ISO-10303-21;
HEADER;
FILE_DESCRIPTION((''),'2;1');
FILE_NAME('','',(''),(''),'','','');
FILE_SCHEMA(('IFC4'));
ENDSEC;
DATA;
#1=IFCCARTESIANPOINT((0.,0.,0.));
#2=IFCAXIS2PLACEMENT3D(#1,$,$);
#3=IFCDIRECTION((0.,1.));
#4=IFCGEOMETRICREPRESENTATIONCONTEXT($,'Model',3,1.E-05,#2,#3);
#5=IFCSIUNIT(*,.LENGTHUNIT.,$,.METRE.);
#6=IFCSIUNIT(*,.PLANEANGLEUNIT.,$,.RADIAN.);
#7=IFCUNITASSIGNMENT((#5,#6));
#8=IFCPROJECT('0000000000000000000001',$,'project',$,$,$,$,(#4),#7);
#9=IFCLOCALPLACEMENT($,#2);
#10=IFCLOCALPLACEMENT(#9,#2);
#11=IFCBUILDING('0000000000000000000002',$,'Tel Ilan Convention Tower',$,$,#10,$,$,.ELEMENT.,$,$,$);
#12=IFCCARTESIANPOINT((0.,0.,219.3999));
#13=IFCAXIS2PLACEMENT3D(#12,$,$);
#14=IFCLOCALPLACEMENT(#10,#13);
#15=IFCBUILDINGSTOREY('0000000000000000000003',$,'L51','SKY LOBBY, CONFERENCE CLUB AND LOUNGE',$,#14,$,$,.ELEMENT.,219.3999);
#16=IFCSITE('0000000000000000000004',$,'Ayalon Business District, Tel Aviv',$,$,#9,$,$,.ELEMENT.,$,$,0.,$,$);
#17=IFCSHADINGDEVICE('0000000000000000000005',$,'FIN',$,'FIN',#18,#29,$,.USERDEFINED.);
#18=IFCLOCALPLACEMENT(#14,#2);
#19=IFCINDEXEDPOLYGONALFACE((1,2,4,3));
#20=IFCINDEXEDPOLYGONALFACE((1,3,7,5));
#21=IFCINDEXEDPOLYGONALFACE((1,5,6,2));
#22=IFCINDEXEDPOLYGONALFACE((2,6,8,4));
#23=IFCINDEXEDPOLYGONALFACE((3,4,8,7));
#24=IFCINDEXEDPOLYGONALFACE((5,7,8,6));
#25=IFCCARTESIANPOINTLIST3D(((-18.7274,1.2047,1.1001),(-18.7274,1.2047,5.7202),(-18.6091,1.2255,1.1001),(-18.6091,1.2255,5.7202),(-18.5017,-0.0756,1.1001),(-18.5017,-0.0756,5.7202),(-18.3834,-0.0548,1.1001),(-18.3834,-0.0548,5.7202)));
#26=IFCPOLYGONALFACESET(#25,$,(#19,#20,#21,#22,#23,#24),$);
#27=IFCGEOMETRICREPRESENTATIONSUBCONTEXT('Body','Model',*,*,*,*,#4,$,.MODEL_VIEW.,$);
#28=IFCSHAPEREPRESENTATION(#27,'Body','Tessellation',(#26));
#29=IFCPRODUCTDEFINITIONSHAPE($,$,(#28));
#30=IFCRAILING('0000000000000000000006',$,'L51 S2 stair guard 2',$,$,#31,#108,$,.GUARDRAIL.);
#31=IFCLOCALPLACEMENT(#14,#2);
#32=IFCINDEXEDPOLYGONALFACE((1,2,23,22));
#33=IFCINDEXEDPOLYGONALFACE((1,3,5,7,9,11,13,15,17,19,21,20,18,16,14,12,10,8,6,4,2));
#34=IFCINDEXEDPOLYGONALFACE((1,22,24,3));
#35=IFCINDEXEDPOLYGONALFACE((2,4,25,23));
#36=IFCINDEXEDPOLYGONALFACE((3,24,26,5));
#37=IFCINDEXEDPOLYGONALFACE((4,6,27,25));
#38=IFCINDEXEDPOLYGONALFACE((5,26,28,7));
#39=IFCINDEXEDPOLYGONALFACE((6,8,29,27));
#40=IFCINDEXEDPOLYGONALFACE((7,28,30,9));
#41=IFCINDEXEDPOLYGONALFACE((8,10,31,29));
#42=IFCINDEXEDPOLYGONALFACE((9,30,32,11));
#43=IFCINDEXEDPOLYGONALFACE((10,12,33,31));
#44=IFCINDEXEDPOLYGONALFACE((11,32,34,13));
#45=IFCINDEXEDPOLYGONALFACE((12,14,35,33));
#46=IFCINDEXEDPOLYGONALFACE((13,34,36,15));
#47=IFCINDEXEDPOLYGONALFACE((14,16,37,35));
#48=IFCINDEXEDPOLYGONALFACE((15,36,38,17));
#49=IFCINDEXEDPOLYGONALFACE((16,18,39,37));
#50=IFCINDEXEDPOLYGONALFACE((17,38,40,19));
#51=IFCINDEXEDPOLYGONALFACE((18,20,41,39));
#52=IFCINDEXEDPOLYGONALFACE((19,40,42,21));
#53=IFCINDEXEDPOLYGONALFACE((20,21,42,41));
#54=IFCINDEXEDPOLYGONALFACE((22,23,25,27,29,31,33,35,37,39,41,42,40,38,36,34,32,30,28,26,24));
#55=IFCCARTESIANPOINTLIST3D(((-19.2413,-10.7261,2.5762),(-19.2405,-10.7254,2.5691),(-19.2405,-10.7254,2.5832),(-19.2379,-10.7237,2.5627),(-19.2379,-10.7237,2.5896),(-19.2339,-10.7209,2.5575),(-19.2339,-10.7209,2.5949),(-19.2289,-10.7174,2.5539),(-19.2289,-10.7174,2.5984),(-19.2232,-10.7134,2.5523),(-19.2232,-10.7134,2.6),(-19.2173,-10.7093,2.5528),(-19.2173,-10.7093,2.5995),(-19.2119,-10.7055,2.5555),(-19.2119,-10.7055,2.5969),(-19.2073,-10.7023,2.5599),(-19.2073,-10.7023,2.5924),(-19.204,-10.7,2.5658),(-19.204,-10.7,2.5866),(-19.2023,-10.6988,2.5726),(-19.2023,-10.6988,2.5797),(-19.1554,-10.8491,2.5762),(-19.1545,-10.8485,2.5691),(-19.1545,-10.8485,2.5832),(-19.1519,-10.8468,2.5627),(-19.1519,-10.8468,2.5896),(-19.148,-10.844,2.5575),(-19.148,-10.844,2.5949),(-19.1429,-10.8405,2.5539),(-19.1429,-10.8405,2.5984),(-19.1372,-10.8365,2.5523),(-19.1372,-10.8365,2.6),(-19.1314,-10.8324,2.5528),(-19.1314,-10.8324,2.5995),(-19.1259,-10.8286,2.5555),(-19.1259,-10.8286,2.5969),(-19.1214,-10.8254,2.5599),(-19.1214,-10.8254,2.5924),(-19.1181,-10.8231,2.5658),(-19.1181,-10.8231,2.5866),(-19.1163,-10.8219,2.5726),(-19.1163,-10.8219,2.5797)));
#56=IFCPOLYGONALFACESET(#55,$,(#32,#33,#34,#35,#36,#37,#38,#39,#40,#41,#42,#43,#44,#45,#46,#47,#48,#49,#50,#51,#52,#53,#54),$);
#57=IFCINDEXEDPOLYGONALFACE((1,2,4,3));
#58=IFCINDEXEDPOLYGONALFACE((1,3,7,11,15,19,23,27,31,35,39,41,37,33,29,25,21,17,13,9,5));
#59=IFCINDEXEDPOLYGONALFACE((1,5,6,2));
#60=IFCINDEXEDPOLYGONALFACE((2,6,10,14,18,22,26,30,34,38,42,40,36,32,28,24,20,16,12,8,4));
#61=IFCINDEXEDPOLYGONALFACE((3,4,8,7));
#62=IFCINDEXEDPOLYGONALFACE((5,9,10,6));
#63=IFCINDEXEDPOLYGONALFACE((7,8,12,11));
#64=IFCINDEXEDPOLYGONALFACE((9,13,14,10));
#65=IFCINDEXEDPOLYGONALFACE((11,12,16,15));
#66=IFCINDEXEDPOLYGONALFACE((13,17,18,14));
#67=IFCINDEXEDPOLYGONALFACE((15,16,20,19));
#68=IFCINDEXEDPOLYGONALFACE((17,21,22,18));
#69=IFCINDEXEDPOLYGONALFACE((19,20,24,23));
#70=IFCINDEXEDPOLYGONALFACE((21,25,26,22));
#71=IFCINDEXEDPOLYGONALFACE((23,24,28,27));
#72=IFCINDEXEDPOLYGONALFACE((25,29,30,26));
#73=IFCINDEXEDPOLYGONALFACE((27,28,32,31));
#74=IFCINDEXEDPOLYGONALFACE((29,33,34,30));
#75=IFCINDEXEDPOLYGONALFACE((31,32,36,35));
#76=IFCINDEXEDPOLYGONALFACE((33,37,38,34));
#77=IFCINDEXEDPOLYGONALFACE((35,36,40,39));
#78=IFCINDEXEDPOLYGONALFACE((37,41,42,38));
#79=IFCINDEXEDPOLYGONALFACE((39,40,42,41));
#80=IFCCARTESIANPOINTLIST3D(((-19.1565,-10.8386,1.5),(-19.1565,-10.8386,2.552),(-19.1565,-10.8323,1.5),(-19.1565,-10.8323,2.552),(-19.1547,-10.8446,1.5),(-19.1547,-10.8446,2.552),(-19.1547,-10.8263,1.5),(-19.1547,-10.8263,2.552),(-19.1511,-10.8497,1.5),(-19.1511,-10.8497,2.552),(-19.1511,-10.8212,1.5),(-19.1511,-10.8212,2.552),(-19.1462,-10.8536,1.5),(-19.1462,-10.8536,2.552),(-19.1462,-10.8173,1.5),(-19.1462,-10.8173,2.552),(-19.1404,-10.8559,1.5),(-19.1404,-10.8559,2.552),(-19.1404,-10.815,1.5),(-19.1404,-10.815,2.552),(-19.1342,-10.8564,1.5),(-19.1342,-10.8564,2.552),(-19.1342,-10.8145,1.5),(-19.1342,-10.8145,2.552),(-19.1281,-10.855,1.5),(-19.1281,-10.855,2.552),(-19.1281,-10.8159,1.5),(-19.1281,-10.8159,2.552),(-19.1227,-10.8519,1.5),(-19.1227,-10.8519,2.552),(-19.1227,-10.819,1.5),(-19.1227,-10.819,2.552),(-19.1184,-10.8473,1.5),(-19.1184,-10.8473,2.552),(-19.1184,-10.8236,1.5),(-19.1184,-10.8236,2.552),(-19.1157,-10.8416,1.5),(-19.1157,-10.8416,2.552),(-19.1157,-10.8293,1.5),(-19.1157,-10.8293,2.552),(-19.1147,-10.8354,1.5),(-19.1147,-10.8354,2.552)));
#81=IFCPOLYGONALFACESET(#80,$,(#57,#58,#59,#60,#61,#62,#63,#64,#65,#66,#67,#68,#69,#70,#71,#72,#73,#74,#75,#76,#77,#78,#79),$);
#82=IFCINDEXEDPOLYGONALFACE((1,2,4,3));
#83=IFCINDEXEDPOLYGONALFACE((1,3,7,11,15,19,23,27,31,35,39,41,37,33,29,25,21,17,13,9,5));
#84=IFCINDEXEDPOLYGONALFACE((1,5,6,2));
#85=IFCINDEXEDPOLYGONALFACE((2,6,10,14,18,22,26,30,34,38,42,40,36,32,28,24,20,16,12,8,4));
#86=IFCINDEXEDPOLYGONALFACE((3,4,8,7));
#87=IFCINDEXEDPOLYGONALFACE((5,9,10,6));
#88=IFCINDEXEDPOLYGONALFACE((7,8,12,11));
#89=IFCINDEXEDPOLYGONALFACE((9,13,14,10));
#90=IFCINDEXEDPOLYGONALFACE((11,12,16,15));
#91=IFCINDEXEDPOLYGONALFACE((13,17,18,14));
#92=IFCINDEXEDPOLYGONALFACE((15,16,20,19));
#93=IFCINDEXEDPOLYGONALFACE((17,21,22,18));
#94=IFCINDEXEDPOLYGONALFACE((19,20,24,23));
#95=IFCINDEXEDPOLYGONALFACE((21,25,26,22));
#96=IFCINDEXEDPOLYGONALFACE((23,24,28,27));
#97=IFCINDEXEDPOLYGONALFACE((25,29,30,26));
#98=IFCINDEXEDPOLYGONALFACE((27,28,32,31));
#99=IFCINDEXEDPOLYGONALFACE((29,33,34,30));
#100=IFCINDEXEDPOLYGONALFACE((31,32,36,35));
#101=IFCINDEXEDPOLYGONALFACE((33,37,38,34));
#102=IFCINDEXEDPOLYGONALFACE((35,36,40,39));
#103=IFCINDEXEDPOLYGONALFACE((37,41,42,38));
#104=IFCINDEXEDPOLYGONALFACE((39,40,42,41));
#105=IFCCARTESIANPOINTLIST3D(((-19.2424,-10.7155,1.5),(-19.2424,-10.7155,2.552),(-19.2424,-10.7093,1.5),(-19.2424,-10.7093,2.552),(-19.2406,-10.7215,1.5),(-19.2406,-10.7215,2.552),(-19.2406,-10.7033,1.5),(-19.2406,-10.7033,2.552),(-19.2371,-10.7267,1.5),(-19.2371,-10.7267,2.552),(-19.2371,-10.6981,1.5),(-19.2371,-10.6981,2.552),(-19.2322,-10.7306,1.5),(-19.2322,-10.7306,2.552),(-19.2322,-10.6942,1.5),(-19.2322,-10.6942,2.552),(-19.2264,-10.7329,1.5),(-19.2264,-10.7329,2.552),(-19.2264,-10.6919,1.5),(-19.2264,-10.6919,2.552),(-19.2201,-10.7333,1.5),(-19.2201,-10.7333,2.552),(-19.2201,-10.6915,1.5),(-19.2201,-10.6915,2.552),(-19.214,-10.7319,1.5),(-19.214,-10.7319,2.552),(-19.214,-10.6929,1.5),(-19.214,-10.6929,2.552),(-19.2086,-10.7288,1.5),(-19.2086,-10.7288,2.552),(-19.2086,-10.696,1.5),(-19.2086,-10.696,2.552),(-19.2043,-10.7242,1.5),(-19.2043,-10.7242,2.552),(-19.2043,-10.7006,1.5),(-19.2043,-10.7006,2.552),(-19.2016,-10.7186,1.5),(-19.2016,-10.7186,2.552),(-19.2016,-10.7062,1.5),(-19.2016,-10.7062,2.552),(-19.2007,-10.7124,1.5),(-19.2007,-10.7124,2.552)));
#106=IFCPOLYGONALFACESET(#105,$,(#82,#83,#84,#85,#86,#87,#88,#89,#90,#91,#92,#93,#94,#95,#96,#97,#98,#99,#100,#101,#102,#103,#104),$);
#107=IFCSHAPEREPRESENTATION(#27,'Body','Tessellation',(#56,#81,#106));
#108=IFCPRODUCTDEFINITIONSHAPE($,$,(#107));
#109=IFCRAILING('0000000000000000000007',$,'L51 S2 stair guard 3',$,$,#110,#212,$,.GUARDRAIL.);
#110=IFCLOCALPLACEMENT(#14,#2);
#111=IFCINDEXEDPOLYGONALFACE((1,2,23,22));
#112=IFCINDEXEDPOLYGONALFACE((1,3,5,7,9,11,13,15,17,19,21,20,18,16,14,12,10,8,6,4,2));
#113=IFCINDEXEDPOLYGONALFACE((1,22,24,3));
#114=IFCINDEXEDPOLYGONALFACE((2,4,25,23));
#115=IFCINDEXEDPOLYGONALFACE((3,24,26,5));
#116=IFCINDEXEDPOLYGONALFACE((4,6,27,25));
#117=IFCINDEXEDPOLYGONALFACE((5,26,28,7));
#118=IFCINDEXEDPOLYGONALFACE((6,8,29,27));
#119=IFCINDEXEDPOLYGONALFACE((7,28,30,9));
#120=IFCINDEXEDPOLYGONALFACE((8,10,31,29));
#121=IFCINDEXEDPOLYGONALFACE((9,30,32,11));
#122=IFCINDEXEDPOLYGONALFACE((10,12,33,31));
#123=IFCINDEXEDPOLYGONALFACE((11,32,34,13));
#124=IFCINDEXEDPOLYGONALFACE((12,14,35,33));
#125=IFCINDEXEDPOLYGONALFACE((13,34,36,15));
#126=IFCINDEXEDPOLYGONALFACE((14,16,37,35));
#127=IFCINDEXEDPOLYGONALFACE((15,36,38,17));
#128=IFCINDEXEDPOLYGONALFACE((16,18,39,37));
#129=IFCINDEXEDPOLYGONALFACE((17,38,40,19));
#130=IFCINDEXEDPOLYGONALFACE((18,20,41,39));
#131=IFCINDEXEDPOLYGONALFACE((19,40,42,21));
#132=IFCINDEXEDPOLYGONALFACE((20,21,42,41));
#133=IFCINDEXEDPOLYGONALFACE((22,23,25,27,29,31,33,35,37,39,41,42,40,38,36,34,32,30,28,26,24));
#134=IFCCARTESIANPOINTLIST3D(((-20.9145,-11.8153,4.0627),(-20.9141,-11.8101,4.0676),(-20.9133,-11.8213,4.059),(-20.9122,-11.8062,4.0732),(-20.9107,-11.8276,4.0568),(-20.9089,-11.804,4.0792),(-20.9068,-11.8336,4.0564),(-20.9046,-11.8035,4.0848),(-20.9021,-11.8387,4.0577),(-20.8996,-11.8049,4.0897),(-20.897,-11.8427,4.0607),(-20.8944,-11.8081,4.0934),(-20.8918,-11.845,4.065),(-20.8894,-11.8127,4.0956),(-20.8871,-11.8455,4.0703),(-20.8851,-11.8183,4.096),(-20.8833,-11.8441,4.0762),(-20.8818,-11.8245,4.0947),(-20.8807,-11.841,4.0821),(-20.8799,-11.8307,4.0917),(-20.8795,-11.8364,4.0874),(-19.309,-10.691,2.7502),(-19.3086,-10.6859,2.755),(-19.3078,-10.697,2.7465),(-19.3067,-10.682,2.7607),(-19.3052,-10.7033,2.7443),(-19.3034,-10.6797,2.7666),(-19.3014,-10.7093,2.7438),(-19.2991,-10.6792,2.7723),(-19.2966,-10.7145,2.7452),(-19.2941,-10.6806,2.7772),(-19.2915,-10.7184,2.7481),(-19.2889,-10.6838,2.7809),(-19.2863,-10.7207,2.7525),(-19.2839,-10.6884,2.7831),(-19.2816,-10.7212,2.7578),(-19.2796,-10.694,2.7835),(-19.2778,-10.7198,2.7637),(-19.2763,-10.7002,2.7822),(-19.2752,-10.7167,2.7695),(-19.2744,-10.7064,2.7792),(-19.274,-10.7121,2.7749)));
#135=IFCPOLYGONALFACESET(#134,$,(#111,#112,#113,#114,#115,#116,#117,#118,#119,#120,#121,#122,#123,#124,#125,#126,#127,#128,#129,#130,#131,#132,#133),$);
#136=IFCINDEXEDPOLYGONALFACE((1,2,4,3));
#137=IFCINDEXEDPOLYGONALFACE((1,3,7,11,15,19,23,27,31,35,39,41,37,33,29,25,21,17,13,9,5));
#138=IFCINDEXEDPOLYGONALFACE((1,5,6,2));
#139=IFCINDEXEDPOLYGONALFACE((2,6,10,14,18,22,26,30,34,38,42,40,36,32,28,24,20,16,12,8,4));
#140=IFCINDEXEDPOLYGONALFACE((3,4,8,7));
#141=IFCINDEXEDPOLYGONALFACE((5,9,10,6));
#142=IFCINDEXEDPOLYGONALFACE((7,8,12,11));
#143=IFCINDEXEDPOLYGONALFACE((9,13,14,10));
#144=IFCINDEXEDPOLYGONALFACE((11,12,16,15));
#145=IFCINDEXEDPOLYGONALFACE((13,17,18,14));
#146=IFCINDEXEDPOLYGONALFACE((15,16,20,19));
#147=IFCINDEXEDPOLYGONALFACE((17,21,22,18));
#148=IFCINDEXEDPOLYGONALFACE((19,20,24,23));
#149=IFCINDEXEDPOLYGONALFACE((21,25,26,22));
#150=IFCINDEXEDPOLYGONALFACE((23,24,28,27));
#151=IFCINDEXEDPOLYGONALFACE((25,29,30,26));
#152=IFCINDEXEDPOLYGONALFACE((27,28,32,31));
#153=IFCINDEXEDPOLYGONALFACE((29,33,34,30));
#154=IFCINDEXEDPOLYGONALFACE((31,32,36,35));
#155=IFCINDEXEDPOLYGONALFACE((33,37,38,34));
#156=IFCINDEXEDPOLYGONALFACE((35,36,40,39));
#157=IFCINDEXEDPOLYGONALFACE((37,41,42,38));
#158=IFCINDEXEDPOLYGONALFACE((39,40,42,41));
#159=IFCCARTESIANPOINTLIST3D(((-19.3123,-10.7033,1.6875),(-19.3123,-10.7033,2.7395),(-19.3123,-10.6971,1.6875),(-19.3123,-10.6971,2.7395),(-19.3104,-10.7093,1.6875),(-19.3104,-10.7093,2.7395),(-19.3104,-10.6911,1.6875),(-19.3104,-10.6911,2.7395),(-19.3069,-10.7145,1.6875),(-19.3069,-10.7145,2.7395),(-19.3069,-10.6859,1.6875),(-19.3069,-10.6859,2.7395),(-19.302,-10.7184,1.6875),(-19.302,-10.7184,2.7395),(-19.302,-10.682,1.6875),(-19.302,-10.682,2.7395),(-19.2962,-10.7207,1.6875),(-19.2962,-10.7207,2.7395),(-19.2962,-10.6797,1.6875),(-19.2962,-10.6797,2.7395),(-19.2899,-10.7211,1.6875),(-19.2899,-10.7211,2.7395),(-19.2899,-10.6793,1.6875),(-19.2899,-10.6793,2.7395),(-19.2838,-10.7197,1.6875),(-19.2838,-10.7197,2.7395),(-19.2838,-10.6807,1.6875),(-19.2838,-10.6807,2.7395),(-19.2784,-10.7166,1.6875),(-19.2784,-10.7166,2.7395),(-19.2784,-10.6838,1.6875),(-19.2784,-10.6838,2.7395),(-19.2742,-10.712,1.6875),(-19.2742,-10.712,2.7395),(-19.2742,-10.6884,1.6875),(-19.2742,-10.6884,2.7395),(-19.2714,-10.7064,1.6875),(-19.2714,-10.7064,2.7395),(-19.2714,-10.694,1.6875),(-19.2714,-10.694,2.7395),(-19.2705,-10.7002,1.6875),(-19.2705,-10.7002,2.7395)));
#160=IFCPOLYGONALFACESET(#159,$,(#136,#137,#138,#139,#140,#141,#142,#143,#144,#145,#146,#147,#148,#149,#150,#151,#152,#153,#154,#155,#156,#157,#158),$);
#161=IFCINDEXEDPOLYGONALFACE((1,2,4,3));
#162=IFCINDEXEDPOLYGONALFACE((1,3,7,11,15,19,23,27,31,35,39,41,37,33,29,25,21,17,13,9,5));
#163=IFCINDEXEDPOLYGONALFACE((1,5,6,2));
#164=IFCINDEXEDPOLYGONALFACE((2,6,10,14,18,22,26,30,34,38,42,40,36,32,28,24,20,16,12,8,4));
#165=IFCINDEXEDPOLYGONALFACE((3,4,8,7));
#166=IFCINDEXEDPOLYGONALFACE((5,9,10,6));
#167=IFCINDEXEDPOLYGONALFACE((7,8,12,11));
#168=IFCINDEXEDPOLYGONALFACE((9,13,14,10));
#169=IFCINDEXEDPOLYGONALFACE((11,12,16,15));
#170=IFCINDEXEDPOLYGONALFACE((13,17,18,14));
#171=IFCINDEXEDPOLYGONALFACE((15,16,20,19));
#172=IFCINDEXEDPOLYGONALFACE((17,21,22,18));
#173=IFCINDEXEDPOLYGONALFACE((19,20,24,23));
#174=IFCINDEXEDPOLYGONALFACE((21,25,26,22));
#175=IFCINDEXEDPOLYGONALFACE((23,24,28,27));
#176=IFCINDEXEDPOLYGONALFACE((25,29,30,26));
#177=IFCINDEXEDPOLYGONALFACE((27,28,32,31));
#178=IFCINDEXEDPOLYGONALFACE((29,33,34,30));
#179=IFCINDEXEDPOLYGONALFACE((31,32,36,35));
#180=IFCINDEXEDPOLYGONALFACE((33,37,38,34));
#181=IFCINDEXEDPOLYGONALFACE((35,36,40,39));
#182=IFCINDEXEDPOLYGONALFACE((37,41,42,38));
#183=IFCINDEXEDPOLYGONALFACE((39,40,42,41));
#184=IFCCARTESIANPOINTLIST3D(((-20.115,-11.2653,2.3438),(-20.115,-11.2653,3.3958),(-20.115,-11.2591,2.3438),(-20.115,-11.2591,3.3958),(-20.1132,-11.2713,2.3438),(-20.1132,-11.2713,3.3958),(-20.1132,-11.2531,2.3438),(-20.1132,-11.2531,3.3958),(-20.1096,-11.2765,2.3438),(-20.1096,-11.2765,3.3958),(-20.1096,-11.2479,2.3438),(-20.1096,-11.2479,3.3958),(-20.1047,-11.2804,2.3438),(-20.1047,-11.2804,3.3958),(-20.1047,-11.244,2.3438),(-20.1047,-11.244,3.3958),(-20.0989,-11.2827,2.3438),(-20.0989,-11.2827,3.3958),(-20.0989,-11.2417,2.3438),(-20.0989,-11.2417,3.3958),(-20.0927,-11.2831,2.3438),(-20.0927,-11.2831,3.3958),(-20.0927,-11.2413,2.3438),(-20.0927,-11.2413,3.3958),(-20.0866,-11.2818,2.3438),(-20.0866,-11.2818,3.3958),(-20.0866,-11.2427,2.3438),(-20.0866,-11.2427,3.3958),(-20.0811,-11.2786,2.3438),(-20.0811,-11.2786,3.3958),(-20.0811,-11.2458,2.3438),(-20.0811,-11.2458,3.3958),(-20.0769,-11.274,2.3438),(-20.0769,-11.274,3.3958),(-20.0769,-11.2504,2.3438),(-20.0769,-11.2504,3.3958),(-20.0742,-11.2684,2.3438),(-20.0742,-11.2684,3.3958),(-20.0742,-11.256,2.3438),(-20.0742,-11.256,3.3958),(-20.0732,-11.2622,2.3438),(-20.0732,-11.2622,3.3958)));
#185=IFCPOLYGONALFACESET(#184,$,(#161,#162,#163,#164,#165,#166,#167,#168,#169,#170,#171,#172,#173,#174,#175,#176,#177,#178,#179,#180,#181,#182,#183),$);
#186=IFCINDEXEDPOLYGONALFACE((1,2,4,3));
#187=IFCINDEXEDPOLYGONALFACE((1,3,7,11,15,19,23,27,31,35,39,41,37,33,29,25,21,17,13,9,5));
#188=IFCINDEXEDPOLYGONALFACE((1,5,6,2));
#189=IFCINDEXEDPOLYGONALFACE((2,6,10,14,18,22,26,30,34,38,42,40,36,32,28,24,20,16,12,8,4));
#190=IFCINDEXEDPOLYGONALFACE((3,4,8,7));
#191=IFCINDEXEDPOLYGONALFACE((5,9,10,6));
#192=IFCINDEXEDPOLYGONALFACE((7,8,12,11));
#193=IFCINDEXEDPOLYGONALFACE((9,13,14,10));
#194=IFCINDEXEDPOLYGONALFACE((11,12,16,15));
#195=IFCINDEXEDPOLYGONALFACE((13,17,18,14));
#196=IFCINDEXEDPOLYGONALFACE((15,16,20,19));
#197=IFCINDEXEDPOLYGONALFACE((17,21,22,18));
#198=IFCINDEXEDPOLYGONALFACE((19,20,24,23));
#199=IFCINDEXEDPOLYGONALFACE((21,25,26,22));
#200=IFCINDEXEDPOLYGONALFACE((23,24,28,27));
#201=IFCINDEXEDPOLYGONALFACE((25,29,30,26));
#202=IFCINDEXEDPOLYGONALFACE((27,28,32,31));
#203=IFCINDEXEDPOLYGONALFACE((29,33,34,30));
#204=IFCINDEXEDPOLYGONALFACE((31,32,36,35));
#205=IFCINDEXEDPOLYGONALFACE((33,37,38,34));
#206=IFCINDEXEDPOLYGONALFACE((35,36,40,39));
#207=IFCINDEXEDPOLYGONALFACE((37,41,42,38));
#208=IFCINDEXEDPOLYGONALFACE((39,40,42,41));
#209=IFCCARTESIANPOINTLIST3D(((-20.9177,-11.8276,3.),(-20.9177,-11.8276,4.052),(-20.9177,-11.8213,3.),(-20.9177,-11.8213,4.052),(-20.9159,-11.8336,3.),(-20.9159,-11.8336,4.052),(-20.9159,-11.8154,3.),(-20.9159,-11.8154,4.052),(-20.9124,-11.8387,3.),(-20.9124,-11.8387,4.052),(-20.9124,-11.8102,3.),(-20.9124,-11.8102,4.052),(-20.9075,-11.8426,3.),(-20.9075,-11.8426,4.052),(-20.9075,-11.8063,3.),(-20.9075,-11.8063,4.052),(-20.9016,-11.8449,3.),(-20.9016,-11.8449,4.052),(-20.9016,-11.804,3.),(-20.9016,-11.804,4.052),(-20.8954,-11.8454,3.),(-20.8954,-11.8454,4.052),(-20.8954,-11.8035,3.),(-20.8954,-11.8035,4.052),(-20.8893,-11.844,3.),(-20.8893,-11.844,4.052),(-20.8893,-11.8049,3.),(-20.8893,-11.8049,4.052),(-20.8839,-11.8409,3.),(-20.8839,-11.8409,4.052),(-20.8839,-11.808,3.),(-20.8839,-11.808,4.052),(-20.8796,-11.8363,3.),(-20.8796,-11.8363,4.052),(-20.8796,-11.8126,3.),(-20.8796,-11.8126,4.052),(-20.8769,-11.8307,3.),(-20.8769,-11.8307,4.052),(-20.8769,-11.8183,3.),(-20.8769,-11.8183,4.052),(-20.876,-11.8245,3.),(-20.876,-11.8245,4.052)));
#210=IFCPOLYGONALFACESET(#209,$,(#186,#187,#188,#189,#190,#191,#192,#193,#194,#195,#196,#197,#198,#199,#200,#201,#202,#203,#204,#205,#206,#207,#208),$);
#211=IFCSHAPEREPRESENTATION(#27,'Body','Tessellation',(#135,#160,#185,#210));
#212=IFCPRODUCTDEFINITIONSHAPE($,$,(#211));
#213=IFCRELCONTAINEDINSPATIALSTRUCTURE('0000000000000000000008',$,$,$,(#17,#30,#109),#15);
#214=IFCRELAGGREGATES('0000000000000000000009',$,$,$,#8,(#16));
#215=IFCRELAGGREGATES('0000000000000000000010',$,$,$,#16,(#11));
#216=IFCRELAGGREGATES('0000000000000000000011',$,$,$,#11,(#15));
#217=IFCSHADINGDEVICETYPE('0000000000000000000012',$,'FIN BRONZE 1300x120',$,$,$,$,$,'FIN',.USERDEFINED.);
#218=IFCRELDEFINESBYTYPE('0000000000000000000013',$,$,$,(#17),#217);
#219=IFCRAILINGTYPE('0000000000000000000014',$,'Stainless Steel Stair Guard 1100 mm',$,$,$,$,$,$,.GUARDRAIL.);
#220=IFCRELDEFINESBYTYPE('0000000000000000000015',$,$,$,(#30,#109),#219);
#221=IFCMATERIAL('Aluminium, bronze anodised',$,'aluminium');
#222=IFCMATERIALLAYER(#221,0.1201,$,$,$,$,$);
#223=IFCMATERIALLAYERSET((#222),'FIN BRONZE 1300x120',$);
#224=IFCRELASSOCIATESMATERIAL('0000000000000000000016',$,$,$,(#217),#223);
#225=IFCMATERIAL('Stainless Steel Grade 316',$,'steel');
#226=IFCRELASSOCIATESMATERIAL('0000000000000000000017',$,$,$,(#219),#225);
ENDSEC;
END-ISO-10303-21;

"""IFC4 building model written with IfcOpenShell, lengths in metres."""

from ifc_helpers import new_model, si_unit, direction, frame, origin, origin_2d, place, context, subcontext, project, spatial, rectangle, circle, extrude, material, layer, layer_set, type_object, element, save


model = new_model("IFC4")

# Units and contexts
model_context = context("Model", 3, precision=1e-05, world=origin(), true_north=direction((0.0, 1.0)))
body_context = subcontext(model_context, "Body", "Model", "MODEL_VIEW")
ifc_project = project(units=[si_unit("LENGTHUNIT", "METRE"), si_unit("PLANEANGLEUNIT", "RADIAN")], contexts=[model_context])

# Site, building, storey
site_placement = place(None, origin())
site = spatial("IfcSite", under=ifc_project, at=site_placement, Name="Ayalon Business District, Tel Aviv", CompositionType="ELEMENT", RefElevation=0.0)
building_placement = place(site_placement, origin())
building = spatial("IfcBuilding", under=site, at=building_placement, Name="Tel Ilan Convention Tower", CompositionType="ELEMENT")
storey_placement = place(building_placement, frame((0.0, 0.0, 219.3999)))
storey = spatial("IfcBuildingStorey", under=building, at=storey_placement, Name="L51", Description="SKY LOBBY, CONFERENCE CLUB AND LOUNGE", CompositionType="ELEMENT", Elevation=219.3999)

# Shading device
ifc_material_1 = material(Name="Aluminium, bronze anodised", Category="aluminium")
ifc_layer_1 = layer(ifc_material_1, 0.1201)
ifc_layer_set_1 = layer_set([ifc_layer_1], Name="FIN BRONZE 1300x120")
shading_device_type = type_object("IfcShadingDeviceType", Name="FIN BRONZE 1300x120", ElementType="FIN", PredefinedType="USERDEFINED", material=ifc_layer_set_1)
shading_device_placement = place(storey_placement, frame((-18.5554, 0.575, 1.1001), z_axis=(0.0, 0.0, 1.0), x_axis=(-0.173648, 0.984808, 0.0)))
element("IfcShadingDevice", 1, at=shading_device_placement, inside=storey, type_object=shading_device_type, Name="FIN", ObjectType="FIN", PredefinedType="USERDEFINED", context=body_context, shape_type="SweptSolid", body=[
    extrude(rectangle(XDim=1.3, YDim=0.1201, at=origin_2d()), origin(), (0.0, 0.0, 1.0), 4.6201),
])

# Railings
ifc_material_2 = material(Name="Stainless Steel Grade 316", Category="steel")
railing_type = type_object("IfcRailingType", Name="Stainless Steel Stair Guard 1100 mm", PredefinedType="GUARDRAIL", material=ifc_material_2)
railing_1_placement = place(storey_placement, frame((-19.1357, -10.8354, 1.5)))
element("IfcRailing", 2, at=railing_1_placement, inside=storey, type_object=railing_type, Name="L51 S2 stair guard 2", PredefinedType="GUARDRAIL", context=body_context, shape_type="SweptSolid", body=[
    extrude(circle(Radius=0.0239, at=origin_2d()), frame((0.0, 0.0, 1.0762), z_axis=(-0.572589, 0.819843, 0.0), x_axis=(-0.819843, -0.572589, 0.0)), (0.0, 0.0, 1.0), 0.1501),
    extrude(circle(Radius=0.021, at=origin_2d()), origin(), (0.0, 0.0, 1.0), 1.052),
    extrude(circle(Radius=0.021, at=origin_2d()), frame((-0.0859, 0.123, 0.0)), (0.0, 0.0, 1.0), 1.052),
])
railing_2_placement = place(storey_placement, frame((-19.2915, -10.7002, 1.6875)))
element("IfcRailing", 3, at=railing_2_placement, inside=storey, type_object=railing_type, Name="L51 S2 stair guard 3", PredefinedType="GUARDRAIL", context=body_context, shape_type="SweptSolid", body=[
    extrude(circle(Radius=0.0239, at=origin_2d()), frame((0.0, 0.0, 1.0762), z_axis=(-0.680616, -0.476617, 0.556416), x_axis=(0.573613, -0.819127, 0.0)), (0.0, 0.0, 1.0), 2.3589),
    extrude(circle(Radius=0.021, at=origin_2d()), origin(), (0.0, 0.0, 1.0), 1.052),
    extrude(circle(Radius=0.021, at=origin_2d()), frame((-0.8027, -0.562, 0.6562)), (0.0, 0.0, 1.0), 1.052),
    extrude(circle(Radius=0.021, at=origin_2d()), frame((-1.6055, -1.1243, 1.3125)), (0.0, 0.0, 1.0), 1.052),
])

save(model, "model.ifc")
